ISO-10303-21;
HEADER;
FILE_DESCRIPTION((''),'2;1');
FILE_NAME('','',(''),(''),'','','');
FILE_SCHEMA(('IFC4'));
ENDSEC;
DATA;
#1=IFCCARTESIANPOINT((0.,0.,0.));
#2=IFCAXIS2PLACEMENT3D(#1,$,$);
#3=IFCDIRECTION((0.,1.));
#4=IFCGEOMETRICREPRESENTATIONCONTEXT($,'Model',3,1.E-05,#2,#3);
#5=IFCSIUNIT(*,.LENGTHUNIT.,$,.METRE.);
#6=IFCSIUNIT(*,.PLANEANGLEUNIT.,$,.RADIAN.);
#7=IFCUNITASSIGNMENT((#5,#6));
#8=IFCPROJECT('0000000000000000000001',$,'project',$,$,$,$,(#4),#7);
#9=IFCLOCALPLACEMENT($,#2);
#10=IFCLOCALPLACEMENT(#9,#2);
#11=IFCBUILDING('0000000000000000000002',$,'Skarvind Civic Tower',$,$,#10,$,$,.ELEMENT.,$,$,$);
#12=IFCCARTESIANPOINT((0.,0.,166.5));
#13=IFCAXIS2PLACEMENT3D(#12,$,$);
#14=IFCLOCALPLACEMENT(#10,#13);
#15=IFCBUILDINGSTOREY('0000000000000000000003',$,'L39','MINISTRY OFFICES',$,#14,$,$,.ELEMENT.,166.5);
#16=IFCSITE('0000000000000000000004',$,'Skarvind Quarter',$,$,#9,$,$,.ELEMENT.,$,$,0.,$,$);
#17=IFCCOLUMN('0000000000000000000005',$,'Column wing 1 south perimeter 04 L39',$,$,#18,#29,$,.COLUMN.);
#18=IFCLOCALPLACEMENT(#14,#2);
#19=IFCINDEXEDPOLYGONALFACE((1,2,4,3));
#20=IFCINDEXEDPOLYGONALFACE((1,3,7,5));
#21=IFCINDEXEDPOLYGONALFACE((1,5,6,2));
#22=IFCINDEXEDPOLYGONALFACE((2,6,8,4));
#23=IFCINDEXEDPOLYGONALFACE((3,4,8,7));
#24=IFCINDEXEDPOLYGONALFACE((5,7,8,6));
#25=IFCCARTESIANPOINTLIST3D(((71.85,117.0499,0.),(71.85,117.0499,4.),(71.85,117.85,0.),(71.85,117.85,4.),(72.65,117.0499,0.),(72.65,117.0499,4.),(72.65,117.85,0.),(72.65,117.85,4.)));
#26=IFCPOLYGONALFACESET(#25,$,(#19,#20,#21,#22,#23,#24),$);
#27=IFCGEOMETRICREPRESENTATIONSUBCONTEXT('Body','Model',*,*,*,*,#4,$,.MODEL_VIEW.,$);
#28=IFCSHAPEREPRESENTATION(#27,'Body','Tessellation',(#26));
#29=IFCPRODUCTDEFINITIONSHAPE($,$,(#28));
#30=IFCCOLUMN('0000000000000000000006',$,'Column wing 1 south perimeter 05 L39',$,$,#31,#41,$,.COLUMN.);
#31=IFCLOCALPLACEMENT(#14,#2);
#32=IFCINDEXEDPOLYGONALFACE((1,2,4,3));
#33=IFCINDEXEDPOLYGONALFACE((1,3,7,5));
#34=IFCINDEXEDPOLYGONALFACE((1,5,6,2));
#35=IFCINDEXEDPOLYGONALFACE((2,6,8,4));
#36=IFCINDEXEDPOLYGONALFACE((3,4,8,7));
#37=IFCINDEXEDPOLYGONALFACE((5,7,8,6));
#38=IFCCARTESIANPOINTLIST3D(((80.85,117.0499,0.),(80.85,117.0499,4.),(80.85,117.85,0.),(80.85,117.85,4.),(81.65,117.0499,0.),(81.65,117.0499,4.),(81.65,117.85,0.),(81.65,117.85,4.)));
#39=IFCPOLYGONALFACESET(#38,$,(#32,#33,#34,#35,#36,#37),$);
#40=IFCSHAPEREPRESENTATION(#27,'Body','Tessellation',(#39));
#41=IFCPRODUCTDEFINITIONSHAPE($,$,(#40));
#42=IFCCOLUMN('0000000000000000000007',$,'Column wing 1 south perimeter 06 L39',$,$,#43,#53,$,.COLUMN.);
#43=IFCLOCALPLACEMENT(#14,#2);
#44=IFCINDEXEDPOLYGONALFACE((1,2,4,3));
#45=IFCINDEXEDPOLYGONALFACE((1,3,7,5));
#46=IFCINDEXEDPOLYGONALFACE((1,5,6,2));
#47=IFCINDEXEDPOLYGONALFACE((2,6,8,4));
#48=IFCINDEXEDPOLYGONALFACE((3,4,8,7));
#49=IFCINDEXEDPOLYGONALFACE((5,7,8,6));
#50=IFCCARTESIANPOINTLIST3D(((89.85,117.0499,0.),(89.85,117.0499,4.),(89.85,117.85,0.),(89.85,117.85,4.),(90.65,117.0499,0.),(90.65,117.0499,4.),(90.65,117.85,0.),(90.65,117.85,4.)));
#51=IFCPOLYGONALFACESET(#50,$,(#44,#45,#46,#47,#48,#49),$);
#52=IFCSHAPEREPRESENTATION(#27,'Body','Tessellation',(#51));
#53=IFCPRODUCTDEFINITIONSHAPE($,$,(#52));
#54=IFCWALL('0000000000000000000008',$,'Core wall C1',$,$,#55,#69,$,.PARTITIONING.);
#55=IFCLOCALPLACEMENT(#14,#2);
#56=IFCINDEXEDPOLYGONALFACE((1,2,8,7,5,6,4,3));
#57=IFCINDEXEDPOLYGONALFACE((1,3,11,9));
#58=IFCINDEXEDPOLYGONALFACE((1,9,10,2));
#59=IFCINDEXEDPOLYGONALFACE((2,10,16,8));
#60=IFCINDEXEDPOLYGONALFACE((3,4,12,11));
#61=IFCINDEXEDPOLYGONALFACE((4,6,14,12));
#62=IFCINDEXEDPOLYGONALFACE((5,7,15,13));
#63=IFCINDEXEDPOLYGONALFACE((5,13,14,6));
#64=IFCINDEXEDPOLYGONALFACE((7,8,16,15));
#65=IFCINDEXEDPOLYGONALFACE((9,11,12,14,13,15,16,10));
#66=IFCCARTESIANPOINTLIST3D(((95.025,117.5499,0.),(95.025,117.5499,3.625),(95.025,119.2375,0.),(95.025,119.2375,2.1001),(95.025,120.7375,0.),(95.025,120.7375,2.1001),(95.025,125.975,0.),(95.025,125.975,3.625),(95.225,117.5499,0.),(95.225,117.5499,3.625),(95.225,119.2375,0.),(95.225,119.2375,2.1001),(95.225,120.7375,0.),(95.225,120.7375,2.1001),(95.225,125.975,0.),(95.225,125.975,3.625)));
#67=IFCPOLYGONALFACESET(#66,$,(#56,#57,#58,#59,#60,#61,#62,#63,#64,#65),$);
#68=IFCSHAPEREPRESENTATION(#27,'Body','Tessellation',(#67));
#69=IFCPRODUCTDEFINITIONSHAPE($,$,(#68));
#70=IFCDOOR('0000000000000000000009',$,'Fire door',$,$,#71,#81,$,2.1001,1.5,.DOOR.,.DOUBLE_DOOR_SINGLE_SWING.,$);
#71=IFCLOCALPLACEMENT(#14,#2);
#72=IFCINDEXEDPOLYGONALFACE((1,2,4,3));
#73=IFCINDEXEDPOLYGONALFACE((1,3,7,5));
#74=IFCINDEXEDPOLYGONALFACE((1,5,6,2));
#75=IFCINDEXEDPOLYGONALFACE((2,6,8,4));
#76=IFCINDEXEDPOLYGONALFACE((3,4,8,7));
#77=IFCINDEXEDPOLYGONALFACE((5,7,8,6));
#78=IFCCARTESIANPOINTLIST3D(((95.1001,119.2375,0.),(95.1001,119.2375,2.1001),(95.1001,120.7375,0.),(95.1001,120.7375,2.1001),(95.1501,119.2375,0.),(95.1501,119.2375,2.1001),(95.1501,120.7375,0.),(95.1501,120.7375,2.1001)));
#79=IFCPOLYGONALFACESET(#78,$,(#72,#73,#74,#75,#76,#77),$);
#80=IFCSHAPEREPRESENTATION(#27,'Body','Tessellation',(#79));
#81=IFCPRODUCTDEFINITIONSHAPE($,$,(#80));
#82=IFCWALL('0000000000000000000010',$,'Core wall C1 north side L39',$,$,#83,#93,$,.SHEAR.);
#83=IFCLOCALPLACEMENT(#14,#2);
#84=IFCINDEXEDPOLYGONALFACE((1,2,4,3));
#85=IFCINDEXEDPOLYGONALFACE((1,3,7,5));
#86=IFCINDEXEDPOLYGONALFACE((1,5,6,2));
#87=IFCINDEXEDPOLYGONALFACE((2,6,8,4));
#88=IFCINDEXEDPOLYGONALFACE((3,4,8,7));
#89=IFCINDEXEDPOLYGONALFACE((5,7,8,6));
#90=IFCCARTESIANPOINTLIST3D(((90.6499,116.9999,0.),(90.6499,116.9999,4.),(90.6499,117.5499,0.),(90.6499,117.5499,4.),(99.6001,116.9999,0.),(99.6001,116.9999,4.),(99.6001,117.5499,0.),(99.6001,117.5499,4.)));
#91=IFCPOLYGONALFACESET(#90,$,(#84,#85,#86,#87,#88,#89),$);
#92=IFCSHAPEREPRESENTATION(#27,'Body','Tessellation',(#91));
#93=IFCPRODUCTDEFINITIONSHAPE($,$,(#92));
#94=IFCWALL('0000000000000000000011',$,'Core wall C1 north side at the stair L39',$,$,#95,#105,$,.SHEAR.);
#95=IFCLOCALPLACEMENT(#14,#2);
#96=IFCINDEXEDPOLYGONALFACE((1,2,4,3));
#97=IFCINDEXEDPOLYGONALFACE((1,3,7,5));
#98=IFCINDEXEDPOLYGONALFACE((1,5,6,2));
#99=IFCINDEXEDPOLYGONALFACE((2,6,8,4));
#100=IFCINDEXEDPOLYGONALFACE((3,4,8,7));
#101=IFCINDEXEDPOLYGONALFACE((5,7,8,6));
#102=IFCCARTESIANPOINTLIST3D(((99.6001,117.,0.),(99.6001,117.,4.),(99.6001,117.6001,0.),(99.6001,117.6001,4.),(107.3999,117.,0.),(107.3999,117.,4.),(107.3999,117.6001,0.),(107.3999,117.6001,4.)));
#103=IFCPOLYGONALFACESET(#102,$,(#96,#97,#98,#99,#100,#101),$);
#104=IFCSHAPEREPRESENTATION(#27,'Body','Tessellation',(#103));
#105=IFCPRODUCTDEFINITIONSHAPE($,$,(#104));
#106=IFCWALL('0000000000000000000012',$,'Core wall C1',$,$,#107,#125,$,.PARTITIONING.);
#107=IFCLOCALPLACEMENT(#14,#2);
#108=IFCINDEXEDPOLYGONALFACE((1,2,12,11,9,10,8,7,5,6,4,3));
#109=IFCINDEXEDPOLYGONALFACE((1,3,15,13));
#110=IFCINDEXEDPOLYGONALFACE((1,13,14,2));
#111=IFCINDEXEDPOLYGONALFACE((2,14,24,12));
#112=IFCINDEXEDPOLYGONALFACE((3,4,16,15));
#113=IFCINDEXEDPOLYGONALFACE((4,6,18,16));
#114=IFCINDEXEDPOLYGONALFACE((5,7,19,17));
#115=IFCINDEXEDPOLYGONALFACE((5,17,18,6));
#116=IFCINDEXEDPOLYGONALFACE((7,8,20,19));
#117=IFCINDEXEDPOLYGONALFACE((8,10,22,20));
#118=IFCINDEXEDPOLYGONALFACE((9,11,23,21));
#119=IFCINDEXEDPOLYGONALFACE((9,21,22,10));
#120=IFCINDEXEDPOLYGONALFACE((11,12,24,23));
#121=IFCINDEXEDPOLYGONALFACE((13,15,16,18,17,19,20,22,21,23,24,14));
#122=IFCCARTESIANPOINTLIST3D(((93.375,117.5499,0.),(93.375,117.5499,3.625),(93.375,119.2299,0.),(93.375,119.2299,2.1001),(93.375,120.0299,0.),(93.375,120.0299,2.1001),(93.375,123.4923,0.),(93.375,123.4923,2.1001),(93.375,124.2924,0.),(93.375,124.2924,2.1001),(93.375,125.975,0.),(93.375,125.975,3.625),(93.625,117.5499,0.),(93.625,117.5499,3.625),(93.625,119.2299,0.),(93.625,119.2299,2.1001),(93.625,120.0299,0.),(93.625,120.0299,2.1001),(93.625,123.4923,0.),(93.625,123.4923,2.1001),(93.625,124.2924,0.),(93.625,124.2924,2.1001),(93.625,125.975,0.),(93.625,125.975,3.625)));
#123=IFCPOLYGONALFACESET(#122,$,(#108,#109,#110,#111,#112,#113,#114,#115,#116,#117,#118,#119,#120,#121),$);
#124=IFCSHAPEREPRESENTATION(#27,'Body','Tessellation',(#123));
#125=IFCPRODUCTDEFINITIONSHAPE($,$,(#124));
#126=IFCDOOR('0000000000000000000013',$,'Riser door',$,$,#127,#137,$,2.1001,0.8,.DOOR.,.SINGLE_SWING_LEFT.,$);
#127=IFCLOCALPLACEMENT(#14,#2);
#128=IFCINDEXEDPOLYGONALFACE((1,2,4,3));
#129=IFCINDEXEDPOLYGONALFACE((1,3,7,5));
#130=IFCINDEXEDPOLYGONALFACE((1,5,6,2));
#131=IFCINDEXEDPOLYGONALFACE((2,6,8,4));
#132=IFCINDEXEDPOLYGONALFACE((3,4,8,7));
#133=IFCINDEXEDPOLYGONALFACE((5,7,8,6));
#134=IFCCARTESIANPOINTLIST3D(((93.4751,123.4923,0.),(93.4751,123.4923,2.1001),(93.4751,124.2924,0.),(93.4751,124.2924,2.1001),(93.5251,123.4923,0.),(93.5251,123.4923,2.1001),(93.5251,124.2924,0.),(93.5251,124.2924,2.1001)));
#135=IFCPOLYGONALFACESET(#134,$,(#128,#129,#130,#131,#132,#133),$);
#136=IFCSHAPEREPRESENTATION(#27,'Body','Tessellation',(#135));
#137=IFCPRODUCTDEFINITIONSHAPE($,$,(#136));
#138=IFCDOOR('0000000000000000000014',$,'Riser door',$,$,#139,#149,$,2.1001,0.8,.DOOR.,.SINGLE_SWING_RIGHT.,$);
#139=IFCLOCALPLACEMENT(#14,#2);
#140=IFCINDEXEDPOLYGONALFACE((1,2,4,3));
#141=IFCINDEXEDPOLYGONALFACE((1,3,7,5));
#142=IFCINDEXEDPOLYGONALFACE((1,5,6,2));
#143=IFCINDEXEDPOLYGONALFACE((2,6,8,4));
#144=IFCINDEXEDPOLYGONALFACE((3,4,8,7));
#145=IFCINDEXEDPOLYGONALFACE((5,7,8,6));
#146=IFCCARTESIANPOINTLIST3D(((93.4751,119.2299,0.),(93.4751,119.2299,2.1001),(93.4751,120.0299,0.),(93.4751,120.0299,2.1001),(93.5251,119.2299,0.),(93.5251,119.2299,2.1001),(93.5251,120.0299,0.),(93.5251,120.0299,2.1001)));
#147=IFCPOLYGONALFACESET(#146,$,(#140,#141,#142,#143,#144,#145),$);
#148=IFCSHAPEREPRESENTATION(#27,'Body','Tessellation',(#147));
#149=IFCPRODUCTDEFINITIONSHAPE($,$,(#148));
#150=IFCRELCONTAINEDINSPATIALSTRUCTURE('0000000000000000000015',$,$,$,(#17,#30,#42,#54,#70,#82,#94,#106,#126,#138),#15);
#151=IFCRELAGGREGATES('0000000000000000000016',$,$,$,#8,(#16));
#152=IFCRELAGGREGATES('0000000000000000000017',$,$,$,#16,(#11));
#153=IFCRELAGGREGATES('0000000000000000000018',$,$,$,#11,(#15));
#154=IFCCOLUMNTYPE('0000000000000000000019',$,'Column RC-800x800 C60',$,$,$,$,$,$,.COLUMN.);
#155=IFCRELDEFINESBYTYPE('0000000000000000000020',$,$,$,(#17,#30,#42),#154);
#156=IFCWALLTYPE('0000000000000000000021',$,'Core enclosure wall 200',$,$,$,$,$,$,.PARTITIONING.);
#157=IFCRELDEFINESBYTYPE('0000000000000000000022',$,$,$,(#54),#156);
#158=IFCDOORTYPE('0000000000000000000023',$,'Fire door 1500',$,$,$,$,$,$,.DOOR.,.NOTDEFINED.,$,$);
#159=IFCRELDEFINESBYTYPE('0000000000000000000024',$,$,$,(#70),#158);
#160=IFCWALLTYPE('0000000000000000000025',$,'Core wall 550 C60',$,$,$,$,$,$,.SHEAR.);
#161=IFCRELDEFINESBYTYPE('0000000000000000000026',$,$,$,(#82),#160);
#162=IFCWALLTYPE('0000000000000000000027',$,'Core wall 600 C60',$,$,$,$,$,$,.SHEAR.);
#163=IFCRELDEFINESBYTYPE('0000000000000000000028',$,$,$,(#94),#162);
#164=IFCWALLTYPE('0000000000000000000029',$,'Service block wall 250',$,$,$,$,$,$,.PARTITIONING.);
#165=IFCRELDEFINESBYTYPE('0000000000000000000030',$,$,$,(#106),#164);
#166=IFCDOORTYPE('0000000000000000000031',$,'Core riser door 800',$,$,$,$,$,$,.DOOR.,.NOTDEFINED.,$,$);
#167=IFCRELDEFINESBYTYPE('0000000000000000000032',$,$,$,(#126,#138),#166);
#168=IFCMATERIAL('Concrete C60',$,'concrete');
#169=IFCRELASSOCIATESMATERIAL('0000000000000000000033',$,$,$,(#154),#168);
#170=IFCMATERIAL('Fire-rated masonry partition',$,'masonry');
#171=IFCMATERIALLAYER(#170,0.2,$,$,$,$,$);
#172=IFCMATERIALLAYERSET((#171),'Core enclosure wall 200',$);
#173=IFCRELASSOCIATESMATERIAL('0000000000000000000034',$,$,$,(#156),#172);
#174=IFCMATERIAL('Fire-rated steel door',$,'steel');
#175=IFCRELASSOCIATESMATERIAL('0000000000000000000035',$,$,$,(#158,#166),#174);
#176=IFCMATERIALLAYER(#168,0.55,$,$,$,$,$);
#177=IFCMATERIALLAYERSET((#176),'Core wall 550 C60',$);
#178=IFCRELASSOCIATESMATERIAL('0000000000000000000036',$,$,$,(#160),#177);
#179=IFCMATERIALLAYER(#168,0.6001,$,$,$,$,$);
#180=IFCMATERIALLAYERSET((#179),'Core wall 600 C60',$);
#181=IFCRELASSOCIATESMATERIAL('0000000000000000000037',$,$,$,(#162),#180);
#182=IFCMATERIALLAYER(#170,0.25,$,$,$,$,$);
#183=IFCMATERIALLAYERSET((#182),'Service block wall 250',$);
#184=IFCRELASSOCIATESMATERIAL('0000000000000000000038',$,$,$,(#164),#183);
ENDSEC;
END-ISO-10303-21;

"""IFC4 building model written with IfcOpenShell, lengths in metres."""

from ifc_helpers import new_model, si_unit, direction, frame, frame_2d, origin, origin_2d, place, context, subcontext, project, spatial, rectangle, extrude, material, layer, layer_set, material_profile, profile_set, type_object, element, fill, save


model = new_model("IFC4")

# Units and contexts
model_context = context("Model", 3, precision=1e-05, world=origin(), true_north=direction((0.0, 1.0)))
body_context = subcontext(model_context, "Body", "Model", "MODEL_VIEW")
ifc_project = project(units=[si_unit("LENGTHUNIT", "METRE"), si_unit("PLANEANGLEUNIT", "RADIAN")], contexts=[model_context])

# Site, building, storey
site_placement = place(None, origin())
site = spatial("IfcSite", under=ifc_project, at=site_placement, Name="Skarvind Quarter", CompositionType="ELEMENT", RefElevation=0.0)
building_placement = place(site_placement, origin())
building = spatial("IfcBuilding", under=site, at=building_placement, Name="Skarvind Civic Tower", CompositionType="ELEMENT")
storey_placement = place(building_placement, frame((0.0, 0.0, 166.5)))
storey = spatial("IfcBuildingStorey", under=building, at=storey_placement, Name="L39", Description="MINISTRY OFFICES", CompositionType="ELEMENT", Elevation=166.5)

# Columns
ifc_material_1 = material(Name="Concrete C60", Category="concrete")
ifc_material_profile_1 = material_profile(ifc_material_1, rectangle(XDim=0.8, YDim=0.8, at=origin_2d()), Name="RC-800x800")
ifc_profile_set_1 = profile_set([ifc_material_profile_1], Name="Concrete C60")
column_type = type_object("IfcColumnType", Name="Column RC-800x800 C60", PredefinedType="COLUMN", material=ifc_profile_set_1)
for number, where, z_axis, x_axis, name in (
    (1, (72.25, 117.45, 0.0), (0.0, 0.0, 1.0), (1.0, 0.0, 0.0), "Column wing 1 south perimeter 04 L39"),
    (2, (81.25, 117.45, 0.0), (0.0, 0.0, 1.0), (1.0, 0.0, 0.0), "Column wing 1 south perimeter 05 L39"),
    (3, (90.25, 117.45, 0.0), (0.0, 0.0, 1.0), (1.0, 0.0, 0.0), "Column wing 1 south perimeter 06 L39"),
):
    element("IfcColumn", number, at=place(storey_placement, frame(where, z_axis=z_axis, x_axis=x_axis)), inside=storey, type_object=column_type, Name=name, PredefinedType="COLUMN", context=body_context, shape_type="SweptSolid", body=[
        extrude(rectangle(XDim=0.8, YDim=0.8, at=origin_2d()), origin(), (0.0, 0.0, 1.0), 4.0),
    ])

# Wall, opening, door
ifc_material_2 = material(Name="Fire-rated masonry partition", Category="masonry")
ifc_layer_1 = layer(ifc_material_2, 0.2)
ifc_layer_set_1 = layer_set([ifc_layer_1], Name="Core enclosure wall 200")
wall_type_1 = type_object("IfcWallType", Name="Core enclosure wall 200", PredefinedType="PARTITIONING", material=ifc_layer_set_1)
wall_1_placement = place(storey_placement, frame((95.125, 117.55, 0.0), z_axis=(0.0, 0.0, 1.0), x_axis=(0.0, 1.0, 0.0)))
wall_1 = element("IfcWall", 4, at=wall_1_placement, inside=storey, type_object=wall_type_1, Name="Core wall C1", PredefinedType="PARTITIONING", context=body_context, shape_type="SweptSolid", body=[
    extrude(rectangle(XDim=8.425, YDim=0.2, at=frame_2d((4.2124, 0.0))), origin(), (0.0, 0.0, 1.0), 3.625),
])
opening_1_placement = place(wall_1_placement, frame((1.6875, 0.0, 0.0)))
opening_1 = element("IfcOpeningElement", 5, at=opening_1_placement, cuts=wall_1, PredefinedType="OPENING", context=body_context, shape_type="SweptSolid", body=[
    extrude(rectangle(XDim=1.5, YDim=2.1001, at=frame_2d((0.75, 1.05))), frame((0.0, 0.1099, 0.0), z_axis=(0.0, -1.0, 0.0), x_axis=(1.0, 0.0, 0.0)), (0.0, 0.0, 1.0), 0.22),
])
ifc_material_3 = material(Name="Fire-rated steel door", Category="steel")
door_type_1 = type_object("IfcDoorType", Name="Fire door 1500", OperationType="NOTDEFINED", PredefinedType="DOOR", material=ifc_material_3)
door_1_placement = place(opening_1_placement, origin())
door_1 = element("IfcDoor", 6, at=door_1_placement, inside=storey, type_object=door_type_1, Name="Fire door", OperationType="DOUBLE_DOOR_SINGLE_SWING", OverallHeight=2.1001, OverallWidth=1.5, PredefinedType="DOOR", context=body_context, shape_type="SweptSolid", body=[
    extrude(rectangle(XDim=1.5, YDim=2.1001, at=frame_2d((0.75, 1.05))), frame((0.0, 0.0249, 0.0), z_axis=(0.0, -1.0, 0.0), x_axis=(1.0, 0.0, 0.0)), (0.0, 0.0, 1.0), 0.05),
])
fill(opening_1, door_1)

# Walls
ifc_layer_2 = layer(ifc_material_1, 0.55)
ifc_layer_set_2 = layer_set([ifc_layer_2], Name="Core wall 550 C60")
wall_type_2 = type_object("IfcWallType", Name="Core wall 550 C60", PredefinedType="SHEAR", material=ifc_layer_set_2)
wall_2_placement = place(storey_placement, frame((99.6001, 117.2749, 0.0), z_axis=(0.0, 0.0, 1.0), x_axis=(-1.0, 0.0, 0.0)))
element("IfcWall", 7, at=wall_2_placement, inside=storey, type_object=wall_type_2, Name="Core wall C1 north side L39", PredefinedType="SHEAR", context=body_context, shape_type="SweptSolid", body=[
    extrude(rectangle(XDim=8.9502, YDim=0.55, at=frame_2d((4.4751, 0.0))), origin(), (0.0, 0.0, 1.0), 4.0),
])
ifc_layer_3 = layer(ifc_material_1, 0.6001)
ifc_layer_set_3 = layer_set([ifc_layer_3], Name="Core wall 600 C60")
wall_type_3 = type_object("IfcWallType", Name="Core wall 600 C60", PredefinedType="SHEAR", material=ifc_layer_set_3)
wall_3_placement = place(storey_placement, frame((107.3999, 117.3, 0.0), z_axis=(0.0, 0.0, 1.0), x_axis=(-1.0, 0.0, 0.0)))
element("IfcWall", 8, at=wall_3_placement, inside=storey, type_object=wall_type_3, Name="Core wall C1 north side at the stair L39", PredefinedType="SHEAR", context=body_context, shape_type="SweptSolid", body=[
    extrude(rectangle(XDim=7.7998, YDim=0.6001, at=frame_2d((3.8999, 0.0))), origin(), (0.0, 0.0, 1.0), 4.0),
])

# Wall, openings, doors
ifc_layer_4 = layer(ifc_material_2, 0.25)
ifc_layer_set_4 = layer_set([ifc_layer_4], Name="Service block wall 250")
wall_type_4 = type_object("IfcWallType", Name="Service block wall 250", PredefinedType="PARTITIONING", material=ifc_layer_set_4)
wall_4_placement = place(storey_placement, frame((93.5, 117.55, 0.0), z_axis=(0.0, 0.0, 1.0), x_axis=(0.0, 1.0, 0.0)))
wall_4 = element("IfcWall", 9, at=wall_4_placement, inside=storey, type_object=wall_type_4, Name="Core wall C1", PredefinedType="PARTITIONING", context=body_context, shape_type="SweptSolid", body=[
    extrude(rectangle(XDim=8.425, YDim=0.25, at=frame_2d((4.2124, 0.0))), origin(), (0.0, 0.0, 1.0), 3.625),
])
opening_2_placement = place(wall_4_placement, frame((5.9424, 0.0, 0.0)))
opening_2 = element("IfcOpeningElement", 10, at=opening_2_placement, cuts=wall_4, PredefinedType="OPENING", context=body_context, shape_type="SweptSolid", body=[
    extrude(rectangle(XDim=0.8, YDim=2.1001, at=frame_2d((0.3999, 1.05))), frame((0.0, 0.135, 0.0), z_axis=(0.0, -1.0, 0.0), x_axis=(1.0, 0.0, 0.0)), (0.0, 0.0, 1.0), 0.27),
])
opening_3_placement = place(wall_4_placement, frame((1.6799, 0.0, 0.0)))
opening_3 = element("IfcOpeningElement", 11, at=opening_3_placement, cuts=wall_4, PredefinedType="OPENING", context=body_context, shape_type="SweptSolid", body=[
    extrude(rectangle(XDim=0.8, YDim=2.1001, at=frame_2d((0.3999, 1.05))), frame((0.0, 0.135, 0.0), z_axis=(0.0, -1.0, 0.0), x_axis=(1.0, 0.0, 0.0)), (0.0, 0.0, 1.0), 0.27),
])
door_type_2 = type_object("IfcDoorType", Name="Core riser door 800", OperationType="NOTDEFINED", PredefinedType="DOOR", material=ifc_material_3)
door_2_placement = place(opening_2_placement, origin())
door_2 = element("IfcDoor", 12, at=door_2_placement, inside=storey, type_object=door_type_2, Name="Riser door", OperationType="SINGLE_SWING_LEFT", OverallHeight=2.1001, OverallWidth=0.8, PredefinedType="DOOR", context=body_context, shape_type="SweptSolid", body=[
    extrude(rectangle(XDim=0.8, YDim=2.1001, at=frame_2d((0.3999, 1.05))), frame((0.0, 0.0249, 0.0), z_axis=(0.0, -1.0, 0.0), x_axis=(1.0, 0.0, 0.0)), (0.0, 0.0, 1.0), 0.05),
])
fill(opening_2, door_2)
door_3_placement = place(opening_3_placement, origin())
door_3 = element("IfcDoor", 13, at=door_3_placement, inside=storey, type_object=door_type_2, Name="Riser door", OperationType="SINGLE_SWING_RIGHT", OverallHeight=2.1001, OverallWidth=0.8, PredefinedType="DOOR", context=body_context, shape_type="SweptSolid", body=[
    extrude(rectangle(XDim=0.8, YDim=2.1001, at=frame_2d((0.3999, 1.05))), frame((0.0, 0.0249, 0.0), z_axis=(0.0, -1.0, 0.0), x_axis=(1.0, 0.0, 0.0)), (0.0, 0.0, 1.0), 0.05),
])
fill(opening_3, door_3)

save(model, "model.ifc")
